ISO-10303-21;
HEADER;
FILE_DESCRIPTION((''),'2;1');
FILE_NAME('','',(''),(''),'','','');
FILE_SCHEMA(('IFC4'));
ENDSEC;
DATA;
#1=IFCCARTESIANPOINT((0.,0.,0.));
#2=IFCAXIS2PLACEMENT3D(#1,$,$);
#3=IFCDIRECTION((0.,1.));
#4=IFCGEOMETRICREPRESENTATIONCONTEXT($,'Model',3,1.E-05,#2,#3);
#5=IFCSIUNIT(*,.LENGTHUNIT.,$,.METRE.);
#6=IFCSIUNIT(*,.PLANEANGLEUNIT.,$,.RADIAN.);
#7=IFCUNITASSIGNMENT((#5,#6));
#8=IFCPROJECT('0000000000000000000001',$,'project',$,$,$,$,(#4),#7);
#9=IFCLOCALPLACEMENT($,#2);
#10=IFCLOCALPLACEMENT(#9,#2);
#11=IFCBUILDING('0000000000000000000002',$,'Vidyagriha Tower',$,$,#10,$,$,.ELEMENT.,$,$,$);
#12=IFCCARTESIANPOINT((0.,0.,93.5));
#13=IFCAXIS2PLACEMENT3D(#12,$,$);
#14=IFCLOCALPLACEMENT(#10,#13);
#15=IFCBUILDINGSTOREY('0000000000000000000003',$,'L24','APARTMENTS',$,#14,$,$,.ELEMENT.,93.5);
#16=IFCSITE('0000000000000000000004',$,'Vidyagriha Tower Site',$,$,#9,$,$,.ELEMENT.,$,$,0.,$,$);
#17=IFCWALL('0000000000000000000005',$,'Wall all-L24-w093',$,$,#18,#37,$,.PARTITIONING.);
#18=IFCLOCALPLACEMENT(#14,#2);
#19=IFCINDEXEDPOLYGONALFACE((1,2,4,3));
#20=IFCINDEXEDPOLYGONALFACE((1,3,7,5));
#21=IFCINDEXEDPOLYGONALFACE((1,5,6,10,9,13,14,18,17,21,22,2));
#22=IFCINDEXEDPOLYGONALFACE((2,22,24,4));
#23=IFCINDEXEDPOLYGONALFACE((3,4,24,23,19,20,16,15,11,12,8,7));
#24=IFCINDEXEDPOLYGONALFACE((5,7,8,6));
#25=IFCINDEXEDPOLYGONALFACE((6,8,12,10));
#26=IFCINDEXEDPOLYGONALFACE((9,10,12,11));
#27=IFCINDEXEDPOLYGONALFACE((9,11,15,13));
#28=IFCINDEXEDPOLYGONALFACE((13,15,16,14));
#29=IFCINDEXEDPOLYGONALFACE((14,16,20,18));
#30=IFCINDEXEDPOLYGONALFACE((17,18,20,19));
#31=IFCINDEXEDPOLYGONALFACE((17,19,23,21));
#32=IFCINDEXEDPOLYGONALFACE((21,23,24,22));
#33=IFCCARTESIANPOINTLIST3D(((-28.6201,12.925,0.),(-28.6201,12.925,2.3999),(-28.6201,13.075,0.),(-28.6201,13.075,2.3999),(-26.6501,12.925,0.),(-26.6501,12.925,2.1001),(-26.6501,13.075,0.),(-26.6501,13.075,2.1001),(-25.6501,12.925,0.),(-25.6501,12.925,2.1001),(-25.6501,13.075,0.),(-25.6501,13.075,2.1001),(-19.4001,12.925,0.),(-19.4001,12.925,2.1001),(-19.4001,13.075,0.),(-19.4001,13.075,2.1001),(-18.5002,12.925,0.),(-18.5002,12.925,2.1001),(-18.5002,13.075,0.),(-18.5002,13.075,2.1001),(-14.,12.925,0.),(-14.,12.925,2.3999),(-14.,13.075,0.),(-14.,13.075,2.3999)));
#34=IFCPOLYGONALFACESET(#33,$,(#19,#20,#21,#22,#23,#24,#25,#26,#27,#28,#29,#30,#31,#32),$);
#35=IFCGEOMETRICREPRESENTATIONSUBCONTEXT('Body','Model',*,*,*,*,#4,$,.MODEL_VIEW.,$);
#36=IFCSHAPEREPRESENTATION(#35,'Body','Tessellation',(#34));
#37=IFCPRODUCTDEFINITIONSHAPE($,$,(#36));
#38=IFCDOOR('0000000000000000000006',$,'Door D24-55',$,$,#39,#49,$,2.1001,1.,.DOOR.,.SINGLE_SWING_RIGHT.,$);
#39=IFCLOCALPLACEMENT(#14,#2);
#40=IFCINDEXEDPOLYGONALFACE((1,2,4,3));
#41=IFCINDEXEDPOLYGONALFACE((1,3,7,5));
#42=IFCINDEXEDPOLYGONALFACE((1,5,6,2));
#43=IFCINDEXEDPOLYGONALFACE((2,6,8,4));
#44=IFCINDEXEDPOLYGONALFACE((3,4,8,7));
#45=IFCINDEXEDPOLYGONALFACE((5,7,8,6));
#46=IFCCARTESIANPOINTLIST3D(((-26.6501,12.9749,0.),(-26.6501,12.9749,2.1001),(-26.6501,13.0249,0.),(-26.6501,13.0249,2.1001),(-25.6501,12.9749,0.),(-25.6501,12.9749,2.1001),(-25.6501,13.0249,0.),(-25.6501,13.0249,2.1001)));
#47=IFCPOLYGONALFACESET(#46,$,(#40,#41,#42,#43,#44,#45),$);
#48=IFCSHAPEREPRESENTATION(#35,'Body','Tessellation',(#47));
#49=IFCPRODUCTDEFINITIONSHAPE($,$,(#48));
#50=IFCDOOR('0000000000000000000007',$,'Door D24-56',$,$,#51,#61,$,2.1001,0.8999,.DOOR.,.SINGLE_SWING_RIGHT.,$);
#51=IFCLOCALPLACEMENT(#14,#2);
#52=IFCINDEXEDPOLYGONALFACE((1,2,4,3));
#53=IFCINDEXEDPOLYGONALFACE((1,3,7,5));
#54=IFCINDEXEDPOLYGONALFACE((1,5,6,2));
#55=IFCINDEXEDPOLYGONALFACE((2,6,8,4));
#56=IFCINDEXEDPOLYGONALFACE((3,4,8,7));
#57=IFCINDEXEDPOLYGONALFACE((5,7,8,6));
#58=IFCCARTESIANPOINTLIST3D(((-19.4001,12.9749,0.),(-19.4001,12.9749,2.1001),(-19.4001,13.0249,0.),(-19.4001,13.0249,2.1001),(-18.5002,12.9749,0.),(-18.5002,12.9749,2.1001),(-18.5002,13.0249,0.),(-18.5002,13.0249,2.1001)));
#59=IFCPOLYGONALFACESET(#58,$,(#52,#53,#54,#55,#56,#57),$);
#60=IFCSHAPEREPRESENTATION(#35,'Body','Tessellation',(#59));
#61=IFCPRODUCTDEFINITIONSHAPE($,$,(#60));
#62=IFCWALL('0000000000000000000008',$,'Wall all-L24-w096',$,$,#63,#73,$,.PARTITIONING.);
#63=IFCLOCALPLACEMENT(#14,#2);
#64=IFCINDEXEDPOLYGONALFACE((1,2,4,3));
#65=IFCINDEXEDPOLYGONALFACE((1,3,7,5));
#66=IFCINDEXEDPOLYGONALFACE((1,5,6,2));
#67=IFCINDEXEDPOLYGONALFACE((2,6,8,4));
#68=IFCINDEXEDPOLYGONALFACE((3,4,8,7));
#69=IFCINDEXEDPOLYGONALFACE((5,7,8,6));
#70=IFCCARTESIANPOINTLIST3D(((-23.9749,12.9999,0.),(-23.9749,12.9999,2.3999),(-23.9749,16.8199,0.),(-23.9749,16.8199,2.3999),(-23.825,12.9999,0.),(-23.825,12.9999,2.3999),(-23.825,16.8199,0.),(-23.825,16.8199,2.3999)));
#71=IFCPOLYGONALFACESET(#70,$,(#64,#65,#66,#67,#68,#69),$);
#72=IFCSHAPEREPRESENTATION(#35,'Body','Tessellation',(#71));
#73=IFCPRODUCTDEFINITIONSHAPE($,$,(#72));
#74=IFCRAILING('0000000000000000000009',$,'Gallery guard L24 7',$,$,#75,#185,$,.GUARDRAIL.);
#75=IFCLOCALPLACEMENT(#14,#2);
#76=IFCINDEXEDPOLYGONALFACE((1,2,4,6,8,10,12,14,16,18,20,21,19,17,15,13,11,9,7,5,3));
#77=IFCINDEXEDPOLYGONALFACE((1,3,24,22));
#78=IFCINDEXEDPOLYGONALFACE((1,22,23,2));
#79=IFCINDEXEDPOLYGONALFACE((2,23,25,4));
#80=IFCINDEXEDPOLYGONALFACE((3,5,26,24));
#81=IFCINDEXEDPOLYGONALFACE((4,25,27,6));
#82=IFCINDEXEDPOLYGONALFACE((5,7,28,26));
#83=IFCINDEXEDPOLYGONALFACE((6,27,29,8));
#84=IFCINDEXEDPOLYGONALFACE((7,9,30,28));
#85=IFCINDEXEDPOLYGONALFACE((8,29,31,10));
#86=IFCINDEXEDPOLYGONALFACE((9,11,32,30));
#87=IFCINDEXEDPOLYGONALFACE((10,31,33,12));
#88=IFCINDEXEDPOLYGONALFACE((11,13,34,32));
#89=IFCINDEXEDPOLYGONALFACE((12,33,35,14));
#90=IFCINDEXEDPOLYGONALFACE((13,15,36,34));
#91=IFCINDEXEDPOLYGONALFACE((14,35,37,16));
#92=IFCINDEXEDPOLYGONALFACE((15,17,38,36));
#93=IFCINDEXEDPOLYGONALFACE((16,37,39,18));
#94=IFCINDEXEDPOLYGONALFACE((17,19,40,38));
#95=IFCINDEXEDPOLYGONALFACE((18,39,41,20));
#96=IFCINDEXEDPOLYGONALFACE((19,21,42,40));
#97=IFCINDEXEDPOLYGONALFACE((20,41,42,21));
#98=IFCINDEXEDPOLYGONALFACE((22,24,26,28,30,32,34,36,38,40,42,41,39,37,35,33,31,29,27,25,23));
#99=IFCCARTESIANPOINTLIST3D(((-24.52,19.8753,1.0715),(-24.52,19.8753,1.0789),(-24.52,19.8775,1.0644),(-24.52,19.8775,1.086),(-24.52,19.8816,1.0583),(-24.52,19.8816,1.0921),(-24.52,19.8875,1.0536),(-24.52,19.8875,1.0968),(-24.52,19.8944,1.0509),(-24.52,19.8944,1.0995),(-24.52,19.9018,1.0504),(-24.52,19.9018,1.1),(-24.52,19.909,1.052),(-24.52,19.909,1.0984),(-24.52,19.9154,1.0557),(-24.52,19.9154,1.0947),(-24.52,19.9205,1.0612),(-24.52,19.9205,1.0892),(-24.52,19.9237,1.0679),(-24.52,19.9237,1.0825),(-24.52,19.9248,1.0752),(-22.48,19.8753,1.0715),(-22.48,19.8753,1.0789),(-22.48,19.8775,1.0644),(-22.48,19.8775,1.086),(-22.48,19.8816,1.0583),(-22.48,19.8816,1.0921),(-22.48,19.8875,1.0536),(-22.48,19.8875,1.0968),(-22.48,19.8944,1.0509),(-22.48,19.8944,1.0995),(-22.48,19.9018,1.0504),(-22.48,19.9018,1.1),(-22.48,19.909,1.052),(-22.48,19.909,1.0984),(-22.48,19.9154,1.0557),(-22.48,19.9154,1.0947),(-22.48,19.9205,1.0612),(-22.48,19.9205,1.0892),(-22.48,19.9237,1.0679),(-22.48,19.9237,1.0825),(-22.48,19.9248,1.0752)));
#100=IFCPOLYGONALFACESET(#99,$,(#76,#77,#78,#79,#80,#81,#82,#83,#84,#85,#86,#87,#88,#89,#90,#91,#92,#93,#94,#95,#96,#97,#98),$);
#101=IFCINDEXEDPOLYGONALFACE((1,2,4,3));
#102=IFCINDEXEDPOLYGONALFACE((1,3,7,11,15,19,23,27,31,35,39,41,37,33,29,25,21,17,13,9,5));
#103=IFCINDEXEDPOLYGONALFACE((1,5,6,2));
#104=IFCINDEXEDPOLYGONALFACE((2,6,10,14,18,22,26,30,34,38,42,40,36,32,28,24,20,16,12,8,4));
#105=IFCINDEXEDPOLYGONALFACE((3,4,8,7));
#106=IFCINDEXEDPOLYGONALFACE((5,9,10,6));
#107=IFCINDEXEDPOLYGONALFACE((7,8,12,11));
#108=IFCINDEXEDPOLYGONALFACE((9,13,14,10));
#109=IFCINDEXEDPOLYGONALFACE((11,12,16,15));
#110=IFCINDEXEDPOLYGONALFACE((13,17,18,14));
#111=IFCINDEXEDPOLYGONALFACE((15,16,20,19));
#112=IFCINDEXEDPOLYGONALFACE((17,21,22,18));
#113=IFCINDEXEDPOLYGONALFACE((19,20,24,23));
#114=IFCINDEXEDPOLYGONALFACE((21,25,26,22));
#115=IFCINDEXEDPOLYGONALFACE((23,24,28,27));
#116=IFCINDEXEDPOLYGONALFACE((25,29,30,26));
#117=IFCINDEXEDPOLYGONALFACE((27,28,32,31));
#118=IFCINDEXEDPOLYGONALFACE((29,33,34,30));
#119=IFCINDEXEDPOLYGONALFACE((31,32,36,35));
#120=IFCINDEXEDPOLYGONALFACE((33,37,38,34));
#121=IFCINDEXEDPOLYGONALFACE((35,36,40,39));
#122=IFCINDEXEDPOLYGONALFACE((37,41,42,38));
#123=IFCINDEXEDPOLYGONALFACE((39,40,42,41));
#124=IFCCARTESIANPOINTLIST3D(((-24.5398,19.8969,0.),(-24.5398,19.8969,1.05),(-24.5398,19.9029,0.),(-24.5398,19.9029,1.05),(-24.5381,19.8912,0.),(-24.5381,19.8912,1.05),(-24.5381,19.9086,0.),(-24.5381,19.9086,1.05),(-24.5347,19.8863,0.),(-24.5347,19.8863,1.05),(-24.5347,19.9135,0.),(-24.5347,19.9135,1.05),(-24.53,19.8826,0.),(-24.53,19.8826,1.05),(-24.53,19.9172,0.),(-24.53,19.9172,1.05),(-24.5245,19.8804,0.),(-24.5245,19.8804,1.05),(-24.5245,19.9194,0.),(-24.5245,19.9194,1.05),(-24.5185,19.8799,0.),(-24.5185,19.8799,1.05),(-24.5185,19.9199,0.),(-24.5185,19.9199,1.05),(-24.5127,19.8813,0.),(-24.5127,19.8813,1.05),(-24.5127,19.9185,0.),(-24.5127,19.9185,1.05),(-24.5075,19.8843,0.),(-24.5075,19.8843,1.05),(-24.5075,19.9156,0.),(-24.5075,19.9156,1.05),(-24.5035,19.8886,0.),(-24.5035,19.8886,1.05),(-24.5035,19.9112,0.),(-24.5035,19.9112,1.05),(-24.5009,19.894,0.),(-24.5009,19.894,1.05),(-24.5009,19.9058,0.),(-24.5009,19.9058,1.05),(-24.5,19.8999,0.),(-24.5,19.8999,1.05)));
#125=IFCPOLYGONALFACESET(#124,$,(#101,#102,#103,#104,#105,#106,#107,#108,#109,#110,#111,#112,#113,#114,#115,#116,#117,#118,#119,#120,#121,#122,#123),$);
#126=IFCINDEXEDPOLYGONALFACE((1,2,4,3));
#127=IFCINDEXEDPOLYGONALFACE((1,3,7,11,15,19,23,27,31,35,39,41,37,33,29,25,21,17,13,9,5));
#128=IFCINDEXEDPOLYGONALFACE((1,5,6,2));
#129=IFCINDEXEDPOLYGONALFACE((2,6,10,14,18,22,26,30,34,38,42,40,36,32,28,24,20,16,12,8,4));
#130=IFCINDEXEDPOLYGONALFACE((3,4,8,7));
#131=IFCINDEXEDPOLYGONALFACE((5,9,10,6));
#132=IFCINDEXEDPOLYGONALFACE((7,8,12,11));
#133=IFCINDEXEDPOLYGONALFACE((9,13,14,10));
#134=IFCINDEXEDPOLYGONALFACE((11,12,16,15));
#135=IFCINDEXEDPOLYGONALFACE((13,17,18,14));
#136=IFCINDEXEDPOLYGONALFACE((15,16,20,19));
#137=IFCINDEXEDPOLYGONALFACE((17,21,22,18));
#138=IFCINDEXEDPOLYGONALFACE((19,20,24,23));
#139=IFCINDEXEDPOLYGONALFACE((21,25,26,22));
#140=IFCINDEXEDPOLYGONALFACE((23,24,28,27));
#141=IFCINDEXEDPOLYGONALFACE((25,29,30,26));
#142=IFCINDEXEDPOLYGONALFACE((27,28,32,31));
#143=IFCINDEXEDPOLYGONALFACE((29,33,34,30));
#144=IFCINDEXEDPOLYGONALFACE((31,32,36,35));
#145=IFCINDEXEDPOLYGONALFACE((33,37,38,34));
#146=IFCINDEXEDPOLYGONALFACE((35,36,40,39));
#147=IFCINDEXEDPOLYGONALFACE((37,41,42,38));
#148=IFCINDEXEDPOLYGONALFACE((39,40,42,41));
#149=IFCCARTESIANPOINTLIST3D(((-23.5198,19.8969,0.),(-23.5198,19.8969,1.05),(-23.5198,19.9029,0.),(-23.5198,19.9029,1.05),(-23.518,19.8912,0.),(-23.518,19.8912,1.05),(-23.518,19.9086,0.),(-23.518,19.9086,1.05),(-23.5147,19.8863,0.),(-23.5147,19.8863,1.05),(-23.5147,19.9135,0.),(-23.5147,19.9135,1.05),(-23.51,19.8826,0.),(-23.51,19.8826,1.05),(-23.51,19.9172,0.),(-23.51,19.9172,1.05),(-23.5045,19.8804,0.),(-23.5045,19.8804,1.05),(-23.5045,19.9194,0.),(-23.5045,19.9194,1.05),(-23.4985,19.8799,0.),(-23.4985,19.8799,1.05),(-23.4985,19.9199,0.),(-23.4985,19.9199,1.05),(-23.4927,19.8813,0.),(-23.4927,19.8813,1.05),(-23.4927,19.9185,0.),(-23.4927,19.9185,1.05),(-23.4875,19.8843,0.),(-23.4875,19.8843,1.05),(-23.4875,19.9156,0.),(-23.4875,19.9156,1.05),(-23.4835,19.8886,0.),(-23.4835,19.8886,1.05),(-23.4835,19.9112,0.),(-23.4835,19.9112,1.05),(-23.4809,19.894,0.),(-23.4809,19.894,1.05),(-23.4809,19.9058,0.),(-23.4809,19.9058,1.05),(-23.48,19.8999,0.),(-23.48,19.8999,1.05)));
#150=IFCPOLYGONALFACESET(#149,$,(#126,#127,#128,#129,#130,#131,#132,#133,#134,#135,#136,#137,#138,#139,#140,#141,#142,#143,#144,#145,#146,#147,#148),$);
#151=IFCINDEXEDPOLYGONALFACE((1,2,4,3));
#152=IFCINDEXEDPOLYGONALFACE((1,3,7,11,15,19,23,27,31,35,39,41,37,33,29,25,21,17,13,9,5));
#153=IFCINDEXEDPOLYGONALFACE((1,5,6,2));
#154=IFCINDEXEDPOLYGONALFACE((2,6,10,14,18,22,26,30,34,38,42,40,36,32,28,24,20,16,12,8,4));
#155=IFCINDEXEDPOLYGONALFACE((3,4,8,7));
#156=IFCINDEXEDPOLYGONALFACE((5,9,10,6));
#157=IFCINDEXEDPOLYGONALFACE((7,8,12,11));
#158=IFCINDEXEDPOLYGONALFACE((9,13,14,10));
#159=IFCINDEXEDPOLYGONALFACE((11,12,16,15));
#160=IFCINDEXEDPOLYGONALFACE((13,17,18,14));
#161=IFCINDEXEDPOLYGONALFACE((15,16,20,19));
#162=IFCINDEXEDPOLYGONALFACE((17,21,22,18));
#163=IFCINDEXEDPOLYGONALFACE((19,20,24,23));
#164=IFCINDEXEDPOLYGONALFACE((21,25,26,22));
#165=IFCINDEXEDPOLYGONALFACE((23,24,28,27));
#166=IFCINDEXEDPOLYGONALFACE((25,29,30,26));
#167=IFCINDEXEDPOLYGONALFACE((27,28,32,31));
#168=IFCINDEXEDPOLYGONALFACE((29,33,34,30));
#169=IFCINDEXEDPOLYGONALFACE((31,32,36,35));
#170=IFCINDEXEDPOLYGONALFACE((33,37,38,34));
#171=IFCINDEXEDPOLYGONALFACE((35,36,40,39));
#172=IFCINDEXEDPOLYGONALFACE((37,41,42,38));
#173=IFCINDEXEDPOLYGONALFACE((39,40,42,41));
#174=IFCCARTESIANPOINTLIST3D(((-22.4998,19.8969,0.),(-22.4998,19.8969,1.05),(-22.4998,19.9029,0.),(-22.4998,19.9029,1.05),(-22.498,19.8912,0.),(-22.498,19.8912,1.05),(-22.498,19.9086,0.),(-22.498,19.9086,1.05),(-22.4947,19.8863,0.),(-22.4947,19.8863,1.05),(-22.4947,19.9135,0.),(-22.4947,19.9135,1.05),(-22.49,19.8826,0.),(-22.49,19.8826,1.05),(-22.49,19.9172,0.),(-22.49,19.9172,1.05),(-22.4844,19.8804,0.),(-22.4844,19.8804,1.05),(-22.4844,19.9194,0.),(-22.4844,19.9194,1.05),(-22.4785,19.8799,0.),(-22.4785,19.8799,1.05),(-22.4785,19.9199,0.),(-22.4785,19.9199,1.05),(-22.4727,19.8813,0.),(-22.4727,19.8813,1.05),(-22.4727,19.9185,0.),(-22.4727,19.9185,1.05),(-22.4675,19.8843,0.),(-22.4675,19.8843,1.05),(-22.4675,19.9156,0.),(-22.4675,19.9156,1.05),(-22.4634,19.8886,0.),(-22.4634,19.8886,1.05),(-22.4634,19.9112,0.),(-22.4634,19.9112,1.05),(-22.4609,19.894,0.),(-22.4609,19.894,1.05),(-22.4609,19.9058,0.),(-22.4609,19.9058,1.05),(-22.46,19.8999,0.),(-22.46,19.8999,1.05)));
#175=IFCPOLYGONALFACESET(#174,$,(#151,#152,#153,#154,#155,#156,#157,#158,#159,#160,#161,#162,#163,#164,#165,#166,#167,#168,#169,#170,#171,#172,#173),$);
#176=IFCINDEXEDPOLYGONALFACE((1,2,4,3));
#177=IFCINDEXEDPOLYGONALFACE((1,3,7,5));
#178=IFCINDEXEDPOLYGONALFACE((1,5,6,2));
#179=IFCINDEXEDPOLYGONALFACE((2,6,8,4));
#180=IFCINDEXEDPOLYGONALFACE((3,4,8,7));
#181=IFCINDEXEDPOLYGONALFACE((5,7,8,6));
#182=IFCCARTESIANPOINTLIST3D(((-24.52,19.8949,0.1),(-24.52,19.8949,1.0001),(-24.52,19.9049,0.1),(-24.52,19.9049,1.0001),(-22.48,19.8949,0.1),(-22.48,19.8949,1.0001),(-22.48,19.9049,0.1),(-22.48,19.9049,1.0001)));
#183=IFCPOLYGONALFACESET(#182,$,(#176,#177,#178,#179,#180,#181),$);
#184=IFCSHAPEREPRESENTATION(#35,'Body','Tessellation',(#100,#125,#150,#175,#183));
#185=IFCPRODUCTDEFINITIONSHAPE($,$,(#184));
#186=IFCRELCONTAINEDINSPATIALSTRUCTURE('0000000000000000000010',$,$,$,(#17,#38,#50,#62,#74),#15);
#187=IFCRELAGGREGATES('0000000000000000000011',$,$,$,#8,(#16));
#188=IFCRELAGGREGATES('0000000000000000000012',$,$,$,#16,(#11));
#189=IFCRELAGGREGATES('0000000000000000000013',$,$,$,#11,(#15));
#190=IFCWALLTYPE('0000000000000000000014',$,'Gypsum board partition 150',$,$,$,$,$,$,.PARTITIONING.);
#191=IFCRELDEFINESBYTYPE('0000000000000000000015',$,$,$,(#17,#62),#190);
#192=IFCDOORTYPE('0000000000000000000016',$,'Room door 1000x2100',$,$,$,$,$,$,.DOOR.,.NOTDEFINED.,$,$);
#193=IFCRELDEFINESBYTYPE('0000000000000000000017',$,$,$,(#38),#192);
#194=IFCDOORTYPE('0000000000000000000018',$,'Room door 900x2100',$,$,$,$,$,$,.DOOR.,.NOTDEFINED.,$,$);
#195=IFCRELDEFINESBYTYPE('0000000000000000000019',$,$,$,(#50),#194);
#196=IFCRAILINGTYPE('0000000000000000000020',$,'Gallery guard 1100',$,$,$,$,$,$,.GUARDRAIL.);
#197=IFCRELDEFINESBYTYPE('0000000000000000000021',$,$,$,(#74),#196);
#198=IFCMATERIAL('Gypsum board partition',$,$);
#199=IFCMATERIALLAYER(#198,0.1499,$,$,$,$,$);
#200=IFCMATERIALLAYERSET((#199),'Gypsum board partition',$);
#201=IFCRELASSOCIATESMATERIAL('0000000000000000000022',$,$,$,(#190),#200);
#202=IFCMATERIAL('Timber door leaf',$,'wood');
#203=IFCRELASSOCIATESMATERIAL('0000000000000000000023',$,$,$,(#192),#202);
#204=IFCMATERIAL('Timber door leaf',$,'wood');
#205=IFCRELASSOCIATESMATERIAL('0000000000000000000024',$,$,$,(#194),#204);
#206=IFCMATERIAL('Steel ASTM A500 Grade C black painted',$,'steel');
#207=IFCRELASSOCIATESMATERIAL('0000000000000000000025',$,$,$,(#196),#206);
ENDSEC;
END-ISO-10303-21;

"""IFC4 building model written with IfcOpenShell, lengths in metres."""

from ifc_helpers import new_model, si_unit, direction, frame, frame_2d, origin, origin_2d, place, context, subcontext, project, spatial, rectangle, circle, extrude, material, layer, layer_set, type_object, element, fill, save


model = new_model("IFC4")

# Units and contexts
model_context = context("Model", 3, precision=1e-05, world=origin(), true_north=direction((0.0, 1.0)))
body_context = subcontext(model_context, "Body", "Model", "MODEL_VIEW")
ifc_project = project(units=[si_unit("LENGTHUNIT", "METRE"), si_unit("PLANEANGLEUNIT", "RADIAN")], contexts=[model_context])

# Site, building, storey
site_placement = place(None, origin())
site = spatial("IfcSite", under=ifc_project, at=site_placement, Name="Vidyagriha Tower Site", CompositionType="ELEMENT", RefElevation=0.0)
building_placement = place(site_placement, origin())
building = spatial("IfcBuilding", under=site, at=building_placement, Name="Vidyagriha Tower", CompositionType="ELEMENT")
storey_placement = place(building_placement, frame((0.0, 0.0, 93.5)))
storey = spatial("IfcBuildingStorey", under=building, at=storey_placement, Name="L24", Description="APARTMENTS", CompositionType="ELEMENT", Elevation=93.5)

# Wall, openings, doors
ifc_material_1 = material(Name="Gypsum board partition")
ifc_layer_1 = layer(ifc_material_1, 0.1499)
ifc_layer_set_1 = layer_set([ifc_layer_1], Name="Gypsum board partition")
wall_type_1 = type_object("IfcWallType", Name="Gypsum board partition 150", PredefinedType="PARTITIONING", material=ifc_layer_set_1)
wall_1_placement = place(storey_placement, frame((-28.6201, 13.0, 0.0)))
wall_1 = element("IfcWall", 1, at=wall_1_placement, inside=storey, type_object=wall_type_1, Name="Wall all-L24-w093", PredefinedType="PARTITIONING", context=body_context, shape_type="SweptSolid", body=[
    extrude(rectangle(XDim=14.6201, YDim=0.1499, at=frame_2d((7.3101, 0.0))), origin(), (0.0, 0.0, 1.0), 2.3999),
])
opening_1_placement = place(wall_1_placement, frame((1.97, 0.0, 0.0)))
opening_1 = element("IfcOpeningElement", 2, at=opening_1_placement, cuts=wall_1, PredefinedType="OPENING", context=body_context, shape_type="SweptSolid", body=[
    extrude(rectangle(XDim=1.0, YDim=2.1001, at=frame_2d((0.5, 1.05))), frame((0.0, 0.085, 0.0), z_axis=(0.0, -1.0, 0.0), x_axis=(1.0, 0.0, 0.0)), (0.0, 0.0, 1.0), 0.1699),
])
opening_2_placement = place(wall_1_placement, frame((9.22, 0.0, 0.0)))
opening_2 = element("IfcOpeningElement", 3, at=opening_2_placement, cuts=wall_1, PredefinedType="OPENING", context=body_context, shape_type="SweptSolid", body=[
    extrude(rectangle(XDim=0.8999, YDim=2.1001, at=frame_2d((0.45, 1.05))), frame((0.0, 0.085, 0.0), z_axis=(0.0, -1.0, 0.0), x_axis=(1.0, 0.0, 0.0)), (0.0, 0.0, 1.0), 0.1699),
])
ifc_material_2 = material(Name="Timber door leaf", Category="wood")
door_type_1 = type_object("IfcDoorType", Name="Room door 1000x2100", OperationType="NOTDEFINED", PredefinedType="DOOR", material=ifc_material_2)
door_1_placement = place(opening_1_placement, origin())
door_1 = element("IfcDoor", 4, at=door_1_placement, inside=storey, type_object=door_type_1, Name="Door D24-55", OperationType="SINGLE_SWING_RIGHT", OverallHeight=2.1001, OverallWidth=1.0, PredefinedType="DOOR", context=body_context, shape_type="SweptSolid", body=[
    extrude(rectangle(XDim=1.0, YDim=2.1001, at=frame_2d((0.5, 1.05))), frame((0.0, 0.0249, 0.0), z_axis=(0.0, -1.0, 0.0), x_axis=(1.0, 0.0, 0.0)), (0.0, 0.0, 1.0), 0.05),
])
fill(opening_1, door_1)
ifc_material_3 = material(Name="Timber door leaf", Category="wood")
door_type_2 = type_object("IfcDoorType", Name="Room door 900x2100", OperationType="NOTDEFINED", PredefinedType="DOOR", material=ifc_material_3)
door_2_placement = place(opening_2_placement, origin())
door_2 = element("IfcDoor", 5, at=door_2_placement, inside=storey, type_object=door_type_2, Name="Door D24-56", OperationType="SINGLE_SWING_RIGHT", OverallHeight=2.1001, OverallWidth=0.8999, PredefinedType="DOOR", context=body_context, shape_type="SweptSolid", body=[
    extrude(rectangle(XDim=0.8999, YDim=2.1001, at=frame_2d((0.45, 1.05))), frame((0.0, 0.0249, 0.0), z_axis=(0.0, -1.0, 0.0), x_axis=(1.0, 0.0, 0.0)), (0.0, 0.0, 1.0), 0.05),
])
fill(opening_2, door_2)

# Wall
wall_2_placement = place(storey_placement, frame((-23.8999, 16.8201, 0.0), z_axis=(0.0, 0.0, 1.0), x_axis=(0.0, -1.0, 0.0)))
element("IfcWall", 6, at=wall_2_placement, inside=storey, type_object=wall_type_1, Name="Wall all-L24-w096", PredefinedType="PARTITIONING", context=body_context, shape_type="SweptSolid", body=[
    extrude(rectangle(XDim=3.8201, YDim=0.1499, at=frame_2d((1.9102, 0.0))), origin(), (0.0, 0.0, 1.0), 2.3999),
])

# Railing
ifc_material_4 = material(Name="Steel ASTM A500 Grade C black painted", Category="steel")
railing_type = type_object("IfcRailingType", Name="Gallery guard 1100", PredefinedType="GUARDRAIL", material=ifc_material_4)
railing_1_placement = place(storey_placement, frame((-24.52, 19.8999, 0.0)))
element("IfcRailing", 7, at=railing_1_placement, inside=storey, type_object=railing_type, Name="Gallery guard L24 7", PredefinedType="GUARDRAIL", context=body_context, shape_type="SweptSolid", body=[
    extrude(circle(Radius=0.0249, at=origin_2d()), frame((0.0, 0.0, 1.0752), z_axis=(1.0, 0.0, 0.0), x_axis=(0.0, 1.0, 0.0)), (0.0, 0.0, 1.0), 2.04),
    extrude(circle(Radius=0.02, at=origin_2d()), origin(), (0.0, 0.0, 1.0), 1.05),
    extrude(circle(Radius=0.02, at=origin_2d()), frame((1.02, 0.0, 0.0)), (0.0, 0.0, 1.0), 1.05),
    extrude(circle(Radius=0.02, at=origin_2d()), frame((2.04, 0.0, 0.0)), (0.0, 0.0, 1.0), 1.05),
    extrude(rectangle(XDim=0.01, YDim=0.9001, at=origin_2d()), frame((0.0, 0.0, 0.55), z_axis=(1.0, 0.0, 0.0), x_axis=(0.0, 1.0, 0.0)), (0.0, 0.0, 1.0), 2.04),
])

save(model, "model.ifc")
